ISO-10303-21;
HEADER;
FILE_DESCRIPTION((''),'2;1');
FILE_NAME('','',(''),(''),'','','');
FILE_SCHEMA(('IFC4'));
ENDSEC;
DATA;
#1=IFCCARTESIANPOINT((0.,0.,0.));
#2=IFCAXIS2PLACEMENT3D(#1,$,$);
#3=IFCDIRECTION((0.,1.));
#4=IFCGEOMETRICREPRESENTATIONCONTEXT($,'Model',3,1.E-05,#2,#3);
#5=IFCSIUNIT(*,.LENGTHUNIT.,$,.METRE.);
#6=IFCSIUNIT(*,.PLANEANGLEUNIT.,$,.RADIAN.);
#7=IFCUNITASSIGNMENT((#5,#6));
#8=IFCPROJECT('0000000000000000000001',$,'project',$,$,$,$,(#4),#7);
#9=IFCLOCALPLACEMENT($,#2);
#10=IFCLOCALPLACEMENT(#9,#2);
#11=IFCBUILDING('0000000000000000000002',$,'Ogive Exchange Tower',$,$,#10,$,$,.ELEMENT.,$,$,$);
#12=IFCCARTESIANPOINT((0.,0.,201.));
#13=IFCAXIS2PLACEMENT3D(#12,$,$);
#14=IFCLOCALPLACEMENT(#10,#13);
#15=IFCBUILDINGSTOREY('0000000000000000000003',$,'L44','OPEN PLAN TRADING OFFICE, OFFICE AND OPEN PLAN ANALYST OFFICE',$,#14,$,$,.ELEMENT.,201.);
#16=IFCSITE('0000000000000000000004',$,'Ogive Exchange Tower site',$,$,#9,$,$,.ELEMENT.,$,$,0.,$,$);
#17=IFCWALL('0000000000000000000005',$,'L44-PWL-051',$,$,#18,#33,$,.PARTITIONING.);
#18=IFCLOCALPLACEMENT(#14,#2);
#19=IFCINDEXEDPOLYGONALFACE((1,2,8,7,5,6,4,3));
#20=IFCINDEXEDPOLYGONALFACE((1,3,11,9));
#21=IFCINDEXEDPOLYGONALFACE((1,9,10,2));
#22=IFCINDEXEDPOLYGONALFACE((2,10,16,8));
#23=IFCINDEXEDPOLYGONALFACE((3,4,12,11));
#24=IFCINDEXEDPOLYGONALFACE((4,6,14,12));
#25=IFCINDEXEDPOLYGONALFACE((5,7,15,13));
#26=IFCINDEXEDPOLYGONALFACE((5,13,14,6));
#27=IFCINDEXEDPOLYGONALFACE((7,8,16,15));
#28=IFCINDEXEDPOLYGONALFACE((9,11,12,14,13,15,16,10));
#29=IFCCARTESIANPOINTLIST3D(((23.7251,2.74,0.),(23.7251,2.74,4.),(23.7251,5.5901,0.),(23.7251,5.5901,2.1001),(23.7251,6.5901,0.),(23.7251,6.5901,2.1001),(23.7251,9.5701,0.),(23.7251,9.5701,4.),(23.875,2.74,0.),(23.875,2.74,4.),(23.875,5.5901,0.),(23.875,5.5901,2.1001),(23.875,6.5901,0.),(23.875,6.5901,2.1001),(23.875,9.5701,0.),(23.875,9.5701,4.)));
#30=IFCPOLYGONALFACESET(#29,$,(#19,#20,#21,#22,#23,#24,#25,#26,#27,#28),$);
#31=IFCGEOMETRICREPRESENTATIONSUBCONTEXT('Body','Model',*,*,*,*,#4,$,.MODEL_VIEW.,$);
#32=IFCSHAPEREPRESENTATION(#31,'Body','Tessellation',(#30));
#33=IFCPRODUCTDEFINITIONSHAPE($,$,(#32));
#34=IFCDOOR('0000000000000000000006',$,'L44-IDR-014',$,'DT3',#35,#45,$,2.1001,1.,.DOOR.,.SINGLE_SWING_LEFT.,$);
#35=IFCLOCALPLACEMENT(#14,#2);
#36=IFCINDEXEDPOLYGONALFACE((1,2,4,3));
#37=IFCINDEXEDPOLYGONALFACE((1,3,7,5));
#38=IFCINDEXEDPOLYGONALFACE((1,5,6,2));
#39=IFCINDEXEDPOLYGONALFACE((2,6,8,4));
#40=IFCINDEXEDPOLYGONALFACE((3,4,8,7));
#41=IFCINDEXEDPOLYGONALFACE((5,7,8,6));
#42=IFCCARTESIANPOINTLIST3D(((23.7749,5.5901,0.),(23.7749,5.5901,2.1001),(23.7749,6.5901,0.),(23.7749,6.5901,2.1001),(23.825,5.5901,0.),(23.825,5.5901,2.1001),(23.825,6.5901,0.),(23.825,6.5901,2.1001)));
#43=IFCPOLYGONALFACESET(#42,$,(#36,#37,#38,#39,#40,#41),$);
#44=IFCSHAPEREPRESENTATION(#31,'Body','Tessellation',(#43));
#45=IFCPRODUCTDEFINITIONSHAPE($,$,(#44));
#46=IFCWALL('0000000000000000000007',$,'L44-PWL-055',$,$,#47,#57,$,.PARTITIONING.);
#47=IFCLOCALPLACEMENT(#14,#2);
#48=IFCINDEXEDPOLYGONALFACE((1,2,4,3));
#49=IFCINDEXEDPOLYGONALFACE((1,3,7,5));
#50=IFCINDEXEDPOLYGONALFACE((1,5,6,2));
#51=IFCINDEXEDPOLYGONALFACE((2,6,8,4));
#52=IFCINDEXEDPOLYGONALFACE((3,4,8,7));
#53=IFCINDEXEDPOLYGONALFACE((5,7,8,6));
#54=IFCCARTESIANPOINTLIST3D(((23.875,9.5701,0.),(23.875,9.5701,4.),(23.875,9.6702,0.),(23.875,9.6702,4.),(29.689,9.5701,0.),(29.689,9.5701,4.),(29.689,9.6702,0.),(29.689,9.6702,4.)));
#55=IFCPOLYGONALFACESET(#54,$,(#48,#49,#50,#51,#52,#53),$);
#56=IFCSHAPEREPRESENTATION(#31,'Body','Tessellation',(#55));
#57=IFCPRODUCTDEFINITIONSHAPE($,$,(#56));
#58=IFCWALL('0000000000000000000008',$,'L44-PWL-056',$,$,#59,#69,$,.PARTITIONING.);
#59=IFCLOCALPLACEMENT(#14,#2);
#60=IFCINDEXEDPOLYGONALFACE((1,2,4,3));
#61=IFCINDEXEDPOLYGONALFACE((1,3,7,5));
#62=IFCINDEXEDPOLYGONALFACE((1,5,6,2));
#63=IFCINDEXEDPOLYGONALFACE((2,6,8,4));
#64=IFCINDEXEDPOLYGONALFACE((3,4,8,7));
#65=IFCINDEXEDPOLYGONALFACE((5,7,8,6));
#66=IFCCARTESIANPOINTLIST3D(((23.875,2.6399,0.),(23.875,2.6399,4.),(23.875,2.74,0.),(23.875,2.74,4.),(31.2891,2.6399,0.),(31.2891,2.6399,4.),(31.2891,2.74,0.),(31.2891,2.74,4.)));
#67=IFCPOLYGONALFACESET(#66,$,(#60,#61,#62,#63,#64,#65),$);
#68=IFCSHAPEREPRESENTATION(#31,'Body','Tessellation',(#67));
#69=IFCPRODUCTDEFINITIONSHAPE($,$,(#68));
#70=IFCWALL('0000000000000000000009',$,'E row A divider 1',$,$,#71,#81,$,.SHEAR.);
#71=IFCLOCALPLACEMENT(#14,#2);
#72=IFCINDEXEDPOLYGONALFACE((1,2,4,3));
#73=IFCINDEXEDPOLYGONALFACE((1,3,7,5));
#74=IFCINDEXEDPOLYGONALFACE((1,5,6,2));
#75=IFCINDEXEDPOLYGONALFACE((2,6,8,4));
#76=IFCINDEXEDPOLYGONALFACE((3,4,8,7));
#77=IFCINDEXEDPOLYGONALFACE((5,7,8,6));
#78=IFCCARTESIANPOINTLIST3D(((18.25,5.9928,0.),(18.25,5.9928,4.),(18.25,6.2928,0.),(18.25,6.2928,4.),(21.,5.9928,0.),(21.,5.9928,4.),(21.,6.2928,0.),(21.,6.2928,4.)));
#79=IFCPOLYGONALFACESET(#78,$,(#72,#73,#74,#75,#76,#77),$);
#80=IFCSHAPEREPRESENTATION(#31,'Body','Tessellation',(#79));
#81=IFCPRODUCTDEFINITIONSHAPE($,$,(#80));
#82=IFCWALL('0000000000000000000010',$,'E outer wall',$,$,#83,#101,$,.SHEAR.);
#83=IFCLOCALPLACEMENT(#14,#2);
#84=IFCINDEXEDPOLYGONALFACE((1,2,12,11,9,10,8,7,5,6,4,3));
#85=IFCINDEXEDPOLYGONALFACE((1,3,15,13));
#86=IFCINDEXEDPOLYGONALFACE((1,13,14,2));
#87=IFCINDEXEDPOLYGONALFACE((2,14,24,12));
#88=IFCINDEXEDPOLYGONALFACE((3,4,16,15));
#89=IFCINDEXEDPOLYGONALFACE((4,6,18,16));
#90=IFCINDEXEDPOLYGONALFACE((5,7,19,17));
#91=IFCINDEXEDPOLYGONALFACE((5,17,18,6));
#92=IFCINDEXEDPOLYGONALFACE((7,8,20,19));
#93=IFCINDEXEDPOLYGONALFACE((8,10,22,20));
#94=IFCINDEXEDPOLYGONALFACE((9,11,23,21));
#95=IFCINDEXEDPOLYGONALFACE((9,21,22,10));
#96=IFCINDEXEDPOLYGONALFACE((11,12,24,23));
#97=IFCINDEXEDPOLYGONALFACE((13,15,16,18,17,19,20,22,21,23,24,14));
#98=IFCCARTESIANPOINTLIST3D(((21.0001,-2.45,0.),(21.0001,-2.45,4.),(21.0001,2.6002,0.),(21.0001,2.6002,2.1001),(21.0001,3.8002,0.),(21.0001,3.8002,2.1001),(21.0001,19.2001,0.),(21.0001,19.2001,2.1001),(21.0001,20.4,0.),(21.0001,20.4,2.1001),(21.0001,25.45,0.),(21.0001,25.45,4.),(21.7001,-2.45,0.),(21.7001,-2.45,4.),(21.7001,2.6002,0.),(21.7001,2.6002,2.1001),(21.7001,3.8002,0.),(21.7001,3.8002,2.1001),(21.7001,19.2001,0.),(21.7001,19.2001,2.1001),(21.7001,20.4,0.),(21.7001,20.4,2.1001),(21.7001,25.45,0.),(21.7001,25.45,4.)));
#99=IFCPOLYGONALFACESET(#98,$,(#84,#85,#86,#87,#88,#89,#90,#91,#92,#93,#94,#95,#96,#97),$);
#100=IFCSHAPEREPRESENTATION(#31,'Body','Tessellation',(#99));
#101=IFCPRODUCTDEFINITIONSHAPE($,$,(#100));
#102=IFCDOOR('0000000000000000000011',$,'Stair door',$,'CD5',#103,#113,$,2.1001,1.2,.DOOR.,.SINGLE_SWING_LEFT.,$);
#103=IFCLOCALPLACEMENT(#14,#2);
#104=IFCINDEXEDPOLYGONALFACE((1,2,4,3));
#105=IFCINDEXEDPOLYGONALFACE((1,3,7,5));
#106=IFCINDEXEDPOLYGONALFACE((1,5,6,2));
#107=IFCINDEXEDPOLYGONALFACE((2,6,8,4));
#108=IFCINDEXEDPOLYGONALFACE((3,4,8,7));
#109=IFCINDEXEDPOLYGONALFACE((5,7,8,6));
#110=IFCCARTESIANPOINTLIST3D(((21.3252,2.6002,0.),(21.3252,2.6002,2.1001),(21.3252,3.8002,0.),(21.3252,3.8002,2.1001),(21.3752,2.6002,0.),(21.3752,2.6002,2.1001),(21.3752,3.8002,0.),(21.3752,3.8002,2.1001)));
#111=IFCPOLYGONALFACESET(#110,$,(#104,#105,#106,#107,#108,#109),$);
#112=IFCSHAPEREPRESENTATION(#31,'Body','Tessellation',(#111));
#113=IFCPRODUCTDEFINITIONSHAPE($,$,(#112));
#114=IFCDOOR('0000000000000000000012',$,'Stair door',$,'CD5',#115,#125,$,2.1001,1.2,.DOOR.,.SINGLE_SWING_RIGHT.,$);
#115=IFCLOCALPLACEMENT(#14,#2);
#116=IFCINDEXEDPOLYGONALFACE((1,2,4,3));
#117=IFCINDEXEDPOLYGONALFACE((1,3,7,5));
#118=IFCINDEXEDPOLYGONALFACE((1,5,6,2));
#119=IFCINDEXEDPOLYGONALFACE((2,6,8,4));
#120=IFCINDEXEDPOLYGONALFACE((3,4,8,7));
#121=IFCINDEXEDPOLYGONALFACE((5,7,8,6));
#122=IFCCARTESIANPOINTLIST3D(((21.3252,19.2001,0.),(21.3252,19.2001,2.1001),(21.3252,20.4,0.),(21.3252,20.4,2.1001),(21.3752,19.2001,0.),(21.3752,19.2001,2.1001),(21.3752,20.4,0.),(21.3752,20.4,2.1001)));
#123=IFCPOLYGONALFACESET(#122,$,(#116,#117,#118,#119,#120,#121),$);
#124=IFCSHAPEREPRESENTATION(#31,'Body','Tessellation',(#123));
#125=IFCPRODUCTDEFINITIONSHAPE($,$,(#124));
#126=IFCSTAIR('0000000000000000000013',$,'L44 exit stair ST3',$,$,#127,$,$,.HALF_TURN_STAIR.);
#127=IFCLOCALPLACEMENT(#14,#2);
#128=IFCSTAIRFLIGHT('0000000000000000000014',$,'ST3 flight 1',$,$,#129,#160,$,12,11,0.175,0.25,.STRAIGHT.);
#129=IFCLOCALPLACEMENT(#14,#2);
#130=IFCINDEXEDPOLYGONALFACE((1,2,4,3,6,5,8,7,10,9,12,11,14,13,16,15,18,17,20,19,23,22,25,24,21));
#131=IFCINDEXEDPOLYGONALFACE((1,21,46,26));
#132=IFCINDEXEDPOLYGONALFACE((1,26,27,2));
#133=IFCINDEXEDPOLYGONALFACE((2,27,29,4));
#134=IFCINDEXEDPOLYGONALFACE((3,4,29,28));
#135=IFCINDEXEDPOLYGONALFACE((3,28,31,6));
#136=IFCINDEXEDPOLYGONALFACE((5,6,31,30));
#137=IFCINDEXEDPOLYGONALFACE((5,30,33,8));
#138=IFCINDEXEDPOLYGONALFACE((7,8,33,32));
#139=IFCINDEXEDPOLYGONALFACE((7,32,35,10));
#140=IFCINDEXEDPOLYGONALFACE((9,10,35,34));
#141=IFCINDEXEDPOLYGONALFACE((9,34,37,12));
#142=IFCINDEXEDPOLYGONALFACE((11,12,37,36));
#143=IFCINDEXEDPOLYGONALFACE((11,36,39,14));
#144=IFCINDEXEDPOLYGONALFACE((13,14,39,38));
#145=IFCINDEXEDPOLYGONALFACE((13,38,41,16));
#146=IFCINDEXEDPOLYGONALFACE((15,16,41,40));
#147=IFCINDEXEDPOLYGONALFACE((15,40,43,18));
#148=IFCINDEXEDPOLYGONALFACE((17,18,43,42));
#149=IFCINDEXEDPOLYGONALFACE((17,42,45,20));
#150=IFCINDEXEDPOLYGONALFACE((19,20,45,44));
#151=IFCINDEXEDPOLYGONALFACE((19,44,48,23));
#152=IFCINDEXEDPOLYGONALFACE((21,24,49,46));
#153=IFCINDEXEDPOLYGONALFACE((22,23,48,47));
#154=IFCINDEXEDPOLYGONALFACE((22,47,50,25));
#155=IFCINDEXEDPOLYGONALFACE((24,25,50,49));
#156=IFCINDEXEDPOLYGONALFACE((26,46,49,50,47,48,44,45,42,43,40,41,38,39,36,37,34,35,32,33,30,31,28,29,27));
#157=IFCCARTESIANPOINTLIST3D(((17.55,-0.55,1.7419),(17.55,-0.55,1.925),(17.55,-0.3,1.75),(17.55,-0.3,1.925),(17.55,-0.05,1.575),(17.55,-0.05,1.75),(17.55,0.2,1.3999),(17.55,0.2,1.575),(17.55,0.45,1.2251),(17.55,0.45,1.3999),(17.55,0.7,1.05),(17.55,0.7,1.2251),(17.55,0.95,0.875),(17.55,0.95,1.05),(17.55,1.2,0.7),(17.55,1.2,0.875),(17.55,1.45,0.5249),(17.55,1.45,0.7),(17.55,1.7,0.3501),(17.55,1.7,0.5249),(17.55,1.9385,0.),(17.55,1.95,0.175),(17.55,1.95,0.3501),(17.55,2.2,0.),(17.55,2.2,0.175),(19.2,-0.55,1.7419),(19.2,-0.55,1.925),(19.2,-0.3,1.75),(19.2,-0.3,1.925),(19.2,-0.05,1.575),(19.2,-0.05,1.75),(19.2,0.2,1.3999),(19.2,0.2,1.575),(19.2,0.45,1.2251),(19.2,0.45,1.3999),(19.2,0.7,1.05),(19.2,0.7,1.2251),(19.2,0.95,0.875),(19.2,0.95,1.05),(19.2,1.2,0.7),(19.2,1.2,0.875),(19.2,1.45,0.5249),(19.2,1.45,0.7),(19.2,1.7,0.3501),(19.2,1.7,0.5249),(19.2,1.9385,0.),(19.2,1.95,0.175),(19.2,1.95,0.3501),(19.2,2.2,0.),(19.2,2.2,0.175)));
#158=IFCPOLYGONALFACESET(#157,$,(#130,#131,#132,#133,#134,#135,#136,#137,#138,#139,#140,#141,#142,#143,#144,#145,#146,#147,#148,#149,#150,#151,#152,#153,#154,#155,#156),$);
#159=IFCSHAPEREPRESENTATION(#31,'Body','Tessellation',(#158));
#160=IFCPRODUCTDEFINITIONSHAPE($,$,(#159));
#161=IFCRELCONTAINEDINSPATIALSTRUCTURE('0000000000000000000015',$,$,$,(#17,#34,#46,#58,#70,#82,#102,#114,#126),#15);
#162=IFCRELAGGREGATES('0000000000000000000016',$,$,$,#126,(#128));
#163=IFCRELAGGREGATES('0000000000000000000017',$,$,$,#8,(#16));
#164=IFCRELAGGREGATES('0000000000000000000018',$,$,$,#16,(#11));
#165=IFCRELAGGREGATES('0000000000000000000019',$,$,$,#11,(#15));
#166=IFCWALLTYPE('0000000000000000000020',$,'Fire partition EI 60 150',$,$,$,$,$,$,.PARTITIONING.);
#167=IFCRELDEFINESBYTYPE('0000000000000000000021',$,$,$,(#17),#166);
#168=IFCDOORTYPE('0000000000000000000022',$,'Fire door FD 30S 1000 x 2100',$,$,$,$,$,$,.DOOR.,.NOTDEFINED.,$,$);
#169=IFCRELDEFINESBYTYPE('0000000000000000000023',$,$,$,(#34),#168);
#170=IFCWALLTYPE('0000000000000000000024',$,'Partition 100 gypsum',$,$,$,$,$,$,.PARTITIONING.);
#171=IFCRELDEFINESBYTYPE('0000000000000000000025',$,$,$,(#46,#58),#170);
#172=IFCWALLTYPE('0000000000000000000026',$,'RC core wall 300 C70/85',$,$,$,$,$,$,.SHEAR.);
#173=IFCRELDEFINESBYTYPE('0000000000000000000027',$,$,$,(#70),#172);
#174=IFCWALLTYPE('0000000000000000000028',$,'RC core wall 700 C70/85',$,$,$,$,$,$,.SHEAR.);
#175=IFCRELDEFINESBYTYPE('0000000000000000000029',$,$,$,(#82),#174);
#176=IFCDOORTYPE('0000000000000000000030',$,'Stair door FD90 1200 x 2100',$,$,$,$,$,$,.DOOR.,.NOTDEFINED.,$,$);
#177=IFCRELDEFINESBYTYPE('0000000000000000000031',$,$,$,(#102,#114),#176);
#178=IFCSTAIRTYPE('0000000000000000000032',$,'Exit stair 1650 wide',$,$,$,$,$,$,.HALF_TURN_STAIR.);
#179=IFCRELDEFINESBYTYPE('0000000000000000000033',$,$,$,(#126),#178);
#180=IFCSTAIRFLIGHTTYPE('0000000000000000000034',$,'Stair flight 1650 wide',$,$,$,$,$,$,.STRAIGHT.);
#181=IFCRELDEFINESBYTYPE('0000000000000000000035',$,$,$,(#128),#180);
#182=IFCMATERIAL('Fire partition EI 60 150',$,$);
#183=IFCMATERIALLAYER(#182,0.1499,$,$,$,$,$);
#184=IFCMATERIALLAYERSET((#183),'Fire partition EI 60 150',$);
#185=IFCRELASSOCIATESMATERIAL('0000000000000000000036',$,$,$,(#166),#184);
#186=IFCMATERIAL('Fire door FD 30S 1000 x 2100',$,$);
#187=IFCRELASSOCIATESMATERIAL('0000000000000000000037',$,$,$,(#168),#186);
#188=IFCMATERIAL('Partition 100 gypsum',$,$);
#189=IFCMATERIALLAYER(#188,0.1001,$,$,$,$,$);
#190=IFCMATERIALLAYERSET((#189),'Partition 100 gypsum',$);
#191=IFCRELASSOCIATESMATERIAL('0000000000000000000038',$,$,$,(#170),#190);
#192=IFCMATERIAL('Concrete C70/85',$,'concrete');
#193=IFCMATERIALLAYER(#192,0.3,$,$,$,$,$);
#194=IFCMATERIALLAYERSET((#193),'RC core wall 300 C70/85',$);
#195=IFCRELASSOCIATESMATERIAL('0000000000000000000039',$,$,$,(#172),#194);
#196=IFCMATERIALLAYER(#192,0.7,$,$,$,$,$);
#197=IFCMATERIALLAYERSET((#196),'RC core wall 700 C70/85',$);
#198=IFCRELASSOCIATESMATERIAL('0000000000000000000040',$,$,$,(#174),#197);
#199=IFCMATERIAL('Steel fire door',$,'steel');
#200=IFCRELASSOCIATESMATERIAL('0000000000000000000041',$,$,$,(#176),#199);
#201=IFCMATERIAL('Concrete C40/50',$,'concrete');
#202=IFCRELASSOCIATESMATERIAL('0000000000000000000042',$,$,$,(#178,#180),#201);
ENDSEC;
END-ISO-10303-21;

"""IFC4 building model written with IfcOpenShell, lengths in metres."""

from ifc_helpers import new_model, si_unit, direction, frame, frame_2d, origin, place, context, subcontext, project, spatial, polyline, rectangle, outline, extrude, material, layer, layer_set, type_object, element, fill, aggregate, save


model = new_model("IFC4")

# Units and contexts
model_context = context("Model", 3, precision=1e-05, world=origin(), true_north=direction((0.0, 1.0)))
body_context = subcontext(model_context, "Body", "Model", "MODEL_VIEW")
ifc_project = project(units=[si_unit("LENGTHUNIT", "METRE"), si_unit("PLANEANGLEUNIT", "RADIAN")], contexts=[model_context])

# Site, building, storey
site_placement = place(None, origin())
site = spatial("IfcSite", under=ifc_project, at=site_placement, Name="Ogive Exchange Tower site", CompositionType="ELEMENT", RefElevation=0.0)
building_placement = place(site_placement, origin())
building = spatial("IfcBuilding", under=site, at=building_placement, Name="Ogive Exchange Tower", CompositionType="ELEMENT")
storey_placement = place(building_placement, frame((0.0, 0.0, 201.0)))
storey = spatial("IfcBuildingStorey", under=building, at=storey_placement, Name="L44", Description="OPEN PLAN TRADING OFFICE, OFFICE AND OPEN PLAN ANALYST OFFICE", CompositionType="ELEMENT", Elevation=201.0)

# Wall, opening, door
ifc_material_1 = material(Name="Fire partition EI 60 150")
ifc_layer_1 = layer(ifc_material_1, 0.1499)
ifc_layer_set_1 = layer_set([ifc_layer_1], Name="Fire partition EI 60 150")
wall_type_1 = type_object("IfcWallType", Name="Fire partition EI 60 150", PredefinedType="PARTITIONING", material=ifc_layer_set_1)
ifc_material_2 = material(Name="Fire door FD 30S 1000 x 2100")
door_type_1 = type_object("IfcDoorType", Name="Fire door FD 30S 1000 x 2100", OperationType="NOTDEFINED", PredefinedType="DOOR", material=ifc_material_2)
wall_1_placement = place(storey_placement, frame((23.8, 9.5701, 0.0), z_axis=(0.0, 0.0, 1.0), x_axis=(0.0, -1.0, 0.0)))
wall_1 = element("IfcWall", 1, at=wall_1_placement, inside=storey, type_object=wall_type_1, Name="L44-PWL-051", PredefinedType="PARTITIONING", context=body_context, shape_type="SweptSolid", body=[
    extrude(rectangle(XDim=6.8301, YDim=0.1499, at=frame_2d((3.415, 0.0))), origin(), (0.0, 0.0, 1.0), 4.0),
])
opening_1_placement = place(wall_1_placement, frame((2.98, 0.0, 0.0)))
opening_1 = element("IfcOpeningElement", 2, at=opening_1_placement, cuts=wall_1, PredefinedType="OPENING", context=body_context, shape_type="SweptSolid", body=[
    extrude(rectangle(XDim=1.0, YDim=2.1001, at=frame_2d((0.5, 1.05))), frame((0.0, 0.085, 0.0), z_axis=(0.0, -1.0, 0.0), x_axis=(1.0, 0.0, 0.0)), (0.0, 0.0, 1.0), 0.1699),
])
door_1_placement = place(opening_1_placement, origin())
door_1 = element("IfcDoor", 3, at=door_1_placement, inside=storey, type_object=door_type_1, Name="L44-IDR-014", ObjectType="DT3", OperationType="SINGLE_SWING_LEFT", OverallHeight=2.1001, OverallWidth=1.0, PredefinedType="DOOR", context=body_context, shape_type="SweptSolid", body=[
    extrude(rectangle(XDim=1.0, YDim=2.1001, at=frame_2d((0.5, 1.05))), frame((0.0, 0.0249, 0.0), z_axis=(0.0, -1.0, 0.0), x_axis=(1.0, 0.0, 0.0)), (0.0, 0.0, 1.0), 0.05),
])
fill(opening_1, door_1)

# Walls
ifc_material_3 = material(Name="Partition 100 gypsum")
ifc_layer_2 = layer(ifc_material_3, 0.1001)
ifc_layer_set_2 = layer_set([ifc_layer_2], Name="Partition 100 gypsum")
wall_type_2 = type_object("IfcWallType", Name="Partition 100 gypsum", PredefinedType="PARTITIONING", material=ifc_layer_set_2)
wall_2_placement = place(storey_placement, frame((29.689, 9.6201, 0.0), z_axis=(0.0, 0.0, 1.0), x_axis=(-1.0, 0.0, 0.0)))
element("IfcWall", 4, at=wall_2_placement, inside=storey, type_object=wall_type_2, Name="L44-PWL-055", PredefinedType="PARTITIONING", context=body_context, shape_type="SweptSolid", body=[
    extrude(rectangle(XDim=5.814, YDim=0.1001, at=frame_2d((2.907, 0.0))), origin(), (0.0, 0.0, 1.0), 4.0),
])
wall_3_placement = place(storey_placement, frame((31.2891, 2.6899, 0.0), z_axis=(0.0, 0.0, 1.0), x_axis=(-1.0, 0.0, 0.0)))
element("IfcWall", 5, at=wall_3_placement, inside=storey, type_object=wall_type_2, Name="L44-PWL-056", PredefinedType="PARTITIONING", context=body_context, shape_type="SweptSolid", body=[
    extrude(rectangle(XDim=7.4141, YDim=0.1001, at=frame_2d((3.707, 0.0))), origin(), (0.0, 0.0, 1.0), 4.0),
])
ifc_material_4 = material(Name="Concrete C70/85", Category="concrete")
ifc_layer_3 = layer(ifc_material_4, 0.3)
ifc_layer_set_3 = layer_set([ifc_layer_3], Name="RC core wall 300 C70/85")
wall_type_3 = type_object("IfcWallType", Name="RC core wall 300 C70/85", PredefinedType="SHEAR", material=ifc_layer_set_3)
wall_4_placement = place(storey_placement, frame((18.25, 6.1428, 0.0), z_axis=(0.0, 0.0, 1.0), x_axis=(1.0, 0.0, 0.0)))
element("IfcWall", 6, at=wall_4_placement, inside=storey, type_object=wall_type_3, Name="E row A divider 1", PredefinedType="SHEAR", context=body_context, shape_type="SweptSolid", body=[
    extrude(rectangle(XDim=2.75, YDim=0.3, at=frame_2d((1.375, 0.0))), origin(), (0.0, 0.0, 1.0), 4.0),
])

# Wall, openings, doors
ifc_layer_4 = layer(ifc_material_4, 0.7)
ifc_layer_set_4 = layer_set([ifc_layer_4], Name="RC core wall 700 C70/85")
wall_type_4 = type_object("IfcWallType", Name="RC core wall 700 C70/85", PredefinedType="SHEAR", material=ifc_layer_set_4)
wall_5_placement = place(storey_placement, frame((21.3501, -2.45, 0.0), z_axis=(0.0, 0.0, 1.0), x_axis=(0.0, 1.0, 0.0)))
wall_5 = element("IfcWall", 7, at=wall_5_placement, inside=storey, type_object=wall_type_4, Name="E outer wall", PredefinedType="SHEAR", context=body_context, shape_type="SweptSolid", body=[
    extrude(rectangle(XDim=27.8999, YDim=0.7, at=frame_2d((13.95, 0.0))), origin(), (0.0, 0.0, 1.0), 4.0),
])
opening_2_placement = place(wall_5_placement, frame((5.05, 0.0, 0.0)))
opening_2 = element("IfcOpeningElement", 8, at=opening_2_placement, cuts=wall_5, PredefinedType="OPENING", context=body_context, shape_type="SweptSolid", body=[
    extrude(rectangle(XDim=1.2, YDim=2.1001, at=frame_2d((0.6001, 1.05))), frame((0.0, 0.3599, 0.0), z_axis=(0.0, -1.0, 0.0), x_axis=(1.0, 0.0, 0.0)), (0.0, 0.0, 1.0), 0.72),
])
opening_3_placement = place(wall_5_placement, frame((21.6499, 0.0, 0.0)))
opening_3 = element("IfcOpeningElement", 9, at=opening_3_placement, cuts=wall_5, PredefinedType="OPENING", context=body_context, shape_type="SweptSolid", body=[
    extrude(rectangle(XDim=1.2, YDim=2.1001, at=frame_2d((0.6001, 1.05))), frame((0.0, 0.3599, 0.0), z_axis=(0.0, -1.0, 0.0), x_axis=(1.0, 0.0, 0.0)), (0.0, 0.0, 1.0), 0.72),
])
ifc_material_5 = material(Name="Steel fire door", Category="steel")
door_type_2 = type_object("IfcDoorType", Name="Stair door FD90 1200 x 2100", OperationType="NOTDEFINED", PredefinedType="DOOR", material=ifc_material_5)
door_2_placement = place(opening_2_placement, origin())
door_2 = element("IfcDoor", 10, at=door_2_placement, inside=storey, type_object=door_type_2, Name="Stair door", ObjectType="CD5", OperationType="SINGLE_SWING_LEFT", OverallHeight=2.1001, OverallWidth=1.2, PredefinedType="DOOR", context=body_context, shape_type="SweptSolid", body=[
    extrude(rectangle(XDim=1.2, YDim=2.1001, at=frame_2d((0.6001, 1.05))), frame((0.0, 0.0249, 0.0), z_axis=(0.0, -1.0, 0.0), x_axis=(1.0, 0.0, 0.0)), (0.0, 0.0, 1.0), 0.05),
])
fill(opening_2, door_2)
door_3_placement = place(opening_3_placement, origin())
door_3 = element("IfcDoor", 11, at=door_3_placement, inside=storey, type_object=door_type_2, Name="Stair door", ObjectType="CD5", OperationType="SINGLE_SWING_RIGHT", OverallHeight=2.1001, OverallWidth=1.2, PredefinedType="DOOR", context=body_context, shape_type="SweptSolid", body=[
    extrude(rectangle(XDim=1.2, YDim=2.1001, at=frame_2d((0.6001, 1.05))), frame((0.0, 0.0249, 0.0), z_axis=(0.0, -1.0, 0.0), x_axis=(1.0, 0.0, 0.0)), (0.0, 0.0, 1.0), 0.05),
])
fill(opening_3, door_3)

# Stair, stair flight
ifc_material_6 = material(Name="Concrete C40/50", Category="concrete")
stair_type = type_object("IfcStairType", Name="Exit stair 1650 wide", PredefinedType="HALF_TURN_STAIR", material=ifc_material_6)
stair_placement = place(storey_placement, origin())
stair = element("IfcStair", 12, at=stair_placement, inside=storey, type_object=stair_type, Name="L44 exit stair ST3", PredefinedType="HALF_TURN_STAIR")
stair_flight_type = type_object("IfcStairFlightType", Name="Stair flight 1650 wide", PredefinedType="STRAIGHT", material=ifc_material_6)
stair_flight_1_placement = place(storey_placement, frame((18.375, 2.2, 0.0), z_axis=(0.0, 0.0, 1.0), x_axis=(0.0, -1.0, 0.0)))
stair_flight_1 = element("IfcStairFlight", 13, at=stair_flight_1_placement, type_object=stair_flight_type, Name="ST3 flight 1", NumberOfRisers=12, NumberOfTreads=11, PredefinedType="STRAIGHT", RiserHeight=0.175, TreadLength=0.25, context=body_context, shape_type="SweptSolid", body=[
    extrude(outline(polyline([(0.0, 0.0), (0.0, 0.175), (0.25, 0.175), (0.25, 0.3501), (0.5, 0.3501), (0.5, 0.5249), (0.75, 0.5249), (0.75, 0.7), (1.0, 0.7), (1.0, 0.875), (1.25, 0.875), (1.25, 1.05), (1.5, 1.05), (1.5, 1.2251), (1.75, 1.2251), (1.75, 1.3999), (2.0, 1.3999), (2.0, 1.575), (2.25, 1.575), (2.25, 1.75), (2.5, 1.75), (2.5, 1.925), (2.75, 1.925), (2.75, 2.1001), (2.75, 1.7419), (0.2615, 0.0), (0.0, 0.0)])), frame((0.0, 0.825, 0.0), z_axis=(0.0, -1.0, 0.0), x_axis=(1.0, 0.0, 0.0)), (0.0, 0.0, 1.0), 1.6499),
])
aggregate(stair, [stair_flight_1])

save(model, "model.ifc")
